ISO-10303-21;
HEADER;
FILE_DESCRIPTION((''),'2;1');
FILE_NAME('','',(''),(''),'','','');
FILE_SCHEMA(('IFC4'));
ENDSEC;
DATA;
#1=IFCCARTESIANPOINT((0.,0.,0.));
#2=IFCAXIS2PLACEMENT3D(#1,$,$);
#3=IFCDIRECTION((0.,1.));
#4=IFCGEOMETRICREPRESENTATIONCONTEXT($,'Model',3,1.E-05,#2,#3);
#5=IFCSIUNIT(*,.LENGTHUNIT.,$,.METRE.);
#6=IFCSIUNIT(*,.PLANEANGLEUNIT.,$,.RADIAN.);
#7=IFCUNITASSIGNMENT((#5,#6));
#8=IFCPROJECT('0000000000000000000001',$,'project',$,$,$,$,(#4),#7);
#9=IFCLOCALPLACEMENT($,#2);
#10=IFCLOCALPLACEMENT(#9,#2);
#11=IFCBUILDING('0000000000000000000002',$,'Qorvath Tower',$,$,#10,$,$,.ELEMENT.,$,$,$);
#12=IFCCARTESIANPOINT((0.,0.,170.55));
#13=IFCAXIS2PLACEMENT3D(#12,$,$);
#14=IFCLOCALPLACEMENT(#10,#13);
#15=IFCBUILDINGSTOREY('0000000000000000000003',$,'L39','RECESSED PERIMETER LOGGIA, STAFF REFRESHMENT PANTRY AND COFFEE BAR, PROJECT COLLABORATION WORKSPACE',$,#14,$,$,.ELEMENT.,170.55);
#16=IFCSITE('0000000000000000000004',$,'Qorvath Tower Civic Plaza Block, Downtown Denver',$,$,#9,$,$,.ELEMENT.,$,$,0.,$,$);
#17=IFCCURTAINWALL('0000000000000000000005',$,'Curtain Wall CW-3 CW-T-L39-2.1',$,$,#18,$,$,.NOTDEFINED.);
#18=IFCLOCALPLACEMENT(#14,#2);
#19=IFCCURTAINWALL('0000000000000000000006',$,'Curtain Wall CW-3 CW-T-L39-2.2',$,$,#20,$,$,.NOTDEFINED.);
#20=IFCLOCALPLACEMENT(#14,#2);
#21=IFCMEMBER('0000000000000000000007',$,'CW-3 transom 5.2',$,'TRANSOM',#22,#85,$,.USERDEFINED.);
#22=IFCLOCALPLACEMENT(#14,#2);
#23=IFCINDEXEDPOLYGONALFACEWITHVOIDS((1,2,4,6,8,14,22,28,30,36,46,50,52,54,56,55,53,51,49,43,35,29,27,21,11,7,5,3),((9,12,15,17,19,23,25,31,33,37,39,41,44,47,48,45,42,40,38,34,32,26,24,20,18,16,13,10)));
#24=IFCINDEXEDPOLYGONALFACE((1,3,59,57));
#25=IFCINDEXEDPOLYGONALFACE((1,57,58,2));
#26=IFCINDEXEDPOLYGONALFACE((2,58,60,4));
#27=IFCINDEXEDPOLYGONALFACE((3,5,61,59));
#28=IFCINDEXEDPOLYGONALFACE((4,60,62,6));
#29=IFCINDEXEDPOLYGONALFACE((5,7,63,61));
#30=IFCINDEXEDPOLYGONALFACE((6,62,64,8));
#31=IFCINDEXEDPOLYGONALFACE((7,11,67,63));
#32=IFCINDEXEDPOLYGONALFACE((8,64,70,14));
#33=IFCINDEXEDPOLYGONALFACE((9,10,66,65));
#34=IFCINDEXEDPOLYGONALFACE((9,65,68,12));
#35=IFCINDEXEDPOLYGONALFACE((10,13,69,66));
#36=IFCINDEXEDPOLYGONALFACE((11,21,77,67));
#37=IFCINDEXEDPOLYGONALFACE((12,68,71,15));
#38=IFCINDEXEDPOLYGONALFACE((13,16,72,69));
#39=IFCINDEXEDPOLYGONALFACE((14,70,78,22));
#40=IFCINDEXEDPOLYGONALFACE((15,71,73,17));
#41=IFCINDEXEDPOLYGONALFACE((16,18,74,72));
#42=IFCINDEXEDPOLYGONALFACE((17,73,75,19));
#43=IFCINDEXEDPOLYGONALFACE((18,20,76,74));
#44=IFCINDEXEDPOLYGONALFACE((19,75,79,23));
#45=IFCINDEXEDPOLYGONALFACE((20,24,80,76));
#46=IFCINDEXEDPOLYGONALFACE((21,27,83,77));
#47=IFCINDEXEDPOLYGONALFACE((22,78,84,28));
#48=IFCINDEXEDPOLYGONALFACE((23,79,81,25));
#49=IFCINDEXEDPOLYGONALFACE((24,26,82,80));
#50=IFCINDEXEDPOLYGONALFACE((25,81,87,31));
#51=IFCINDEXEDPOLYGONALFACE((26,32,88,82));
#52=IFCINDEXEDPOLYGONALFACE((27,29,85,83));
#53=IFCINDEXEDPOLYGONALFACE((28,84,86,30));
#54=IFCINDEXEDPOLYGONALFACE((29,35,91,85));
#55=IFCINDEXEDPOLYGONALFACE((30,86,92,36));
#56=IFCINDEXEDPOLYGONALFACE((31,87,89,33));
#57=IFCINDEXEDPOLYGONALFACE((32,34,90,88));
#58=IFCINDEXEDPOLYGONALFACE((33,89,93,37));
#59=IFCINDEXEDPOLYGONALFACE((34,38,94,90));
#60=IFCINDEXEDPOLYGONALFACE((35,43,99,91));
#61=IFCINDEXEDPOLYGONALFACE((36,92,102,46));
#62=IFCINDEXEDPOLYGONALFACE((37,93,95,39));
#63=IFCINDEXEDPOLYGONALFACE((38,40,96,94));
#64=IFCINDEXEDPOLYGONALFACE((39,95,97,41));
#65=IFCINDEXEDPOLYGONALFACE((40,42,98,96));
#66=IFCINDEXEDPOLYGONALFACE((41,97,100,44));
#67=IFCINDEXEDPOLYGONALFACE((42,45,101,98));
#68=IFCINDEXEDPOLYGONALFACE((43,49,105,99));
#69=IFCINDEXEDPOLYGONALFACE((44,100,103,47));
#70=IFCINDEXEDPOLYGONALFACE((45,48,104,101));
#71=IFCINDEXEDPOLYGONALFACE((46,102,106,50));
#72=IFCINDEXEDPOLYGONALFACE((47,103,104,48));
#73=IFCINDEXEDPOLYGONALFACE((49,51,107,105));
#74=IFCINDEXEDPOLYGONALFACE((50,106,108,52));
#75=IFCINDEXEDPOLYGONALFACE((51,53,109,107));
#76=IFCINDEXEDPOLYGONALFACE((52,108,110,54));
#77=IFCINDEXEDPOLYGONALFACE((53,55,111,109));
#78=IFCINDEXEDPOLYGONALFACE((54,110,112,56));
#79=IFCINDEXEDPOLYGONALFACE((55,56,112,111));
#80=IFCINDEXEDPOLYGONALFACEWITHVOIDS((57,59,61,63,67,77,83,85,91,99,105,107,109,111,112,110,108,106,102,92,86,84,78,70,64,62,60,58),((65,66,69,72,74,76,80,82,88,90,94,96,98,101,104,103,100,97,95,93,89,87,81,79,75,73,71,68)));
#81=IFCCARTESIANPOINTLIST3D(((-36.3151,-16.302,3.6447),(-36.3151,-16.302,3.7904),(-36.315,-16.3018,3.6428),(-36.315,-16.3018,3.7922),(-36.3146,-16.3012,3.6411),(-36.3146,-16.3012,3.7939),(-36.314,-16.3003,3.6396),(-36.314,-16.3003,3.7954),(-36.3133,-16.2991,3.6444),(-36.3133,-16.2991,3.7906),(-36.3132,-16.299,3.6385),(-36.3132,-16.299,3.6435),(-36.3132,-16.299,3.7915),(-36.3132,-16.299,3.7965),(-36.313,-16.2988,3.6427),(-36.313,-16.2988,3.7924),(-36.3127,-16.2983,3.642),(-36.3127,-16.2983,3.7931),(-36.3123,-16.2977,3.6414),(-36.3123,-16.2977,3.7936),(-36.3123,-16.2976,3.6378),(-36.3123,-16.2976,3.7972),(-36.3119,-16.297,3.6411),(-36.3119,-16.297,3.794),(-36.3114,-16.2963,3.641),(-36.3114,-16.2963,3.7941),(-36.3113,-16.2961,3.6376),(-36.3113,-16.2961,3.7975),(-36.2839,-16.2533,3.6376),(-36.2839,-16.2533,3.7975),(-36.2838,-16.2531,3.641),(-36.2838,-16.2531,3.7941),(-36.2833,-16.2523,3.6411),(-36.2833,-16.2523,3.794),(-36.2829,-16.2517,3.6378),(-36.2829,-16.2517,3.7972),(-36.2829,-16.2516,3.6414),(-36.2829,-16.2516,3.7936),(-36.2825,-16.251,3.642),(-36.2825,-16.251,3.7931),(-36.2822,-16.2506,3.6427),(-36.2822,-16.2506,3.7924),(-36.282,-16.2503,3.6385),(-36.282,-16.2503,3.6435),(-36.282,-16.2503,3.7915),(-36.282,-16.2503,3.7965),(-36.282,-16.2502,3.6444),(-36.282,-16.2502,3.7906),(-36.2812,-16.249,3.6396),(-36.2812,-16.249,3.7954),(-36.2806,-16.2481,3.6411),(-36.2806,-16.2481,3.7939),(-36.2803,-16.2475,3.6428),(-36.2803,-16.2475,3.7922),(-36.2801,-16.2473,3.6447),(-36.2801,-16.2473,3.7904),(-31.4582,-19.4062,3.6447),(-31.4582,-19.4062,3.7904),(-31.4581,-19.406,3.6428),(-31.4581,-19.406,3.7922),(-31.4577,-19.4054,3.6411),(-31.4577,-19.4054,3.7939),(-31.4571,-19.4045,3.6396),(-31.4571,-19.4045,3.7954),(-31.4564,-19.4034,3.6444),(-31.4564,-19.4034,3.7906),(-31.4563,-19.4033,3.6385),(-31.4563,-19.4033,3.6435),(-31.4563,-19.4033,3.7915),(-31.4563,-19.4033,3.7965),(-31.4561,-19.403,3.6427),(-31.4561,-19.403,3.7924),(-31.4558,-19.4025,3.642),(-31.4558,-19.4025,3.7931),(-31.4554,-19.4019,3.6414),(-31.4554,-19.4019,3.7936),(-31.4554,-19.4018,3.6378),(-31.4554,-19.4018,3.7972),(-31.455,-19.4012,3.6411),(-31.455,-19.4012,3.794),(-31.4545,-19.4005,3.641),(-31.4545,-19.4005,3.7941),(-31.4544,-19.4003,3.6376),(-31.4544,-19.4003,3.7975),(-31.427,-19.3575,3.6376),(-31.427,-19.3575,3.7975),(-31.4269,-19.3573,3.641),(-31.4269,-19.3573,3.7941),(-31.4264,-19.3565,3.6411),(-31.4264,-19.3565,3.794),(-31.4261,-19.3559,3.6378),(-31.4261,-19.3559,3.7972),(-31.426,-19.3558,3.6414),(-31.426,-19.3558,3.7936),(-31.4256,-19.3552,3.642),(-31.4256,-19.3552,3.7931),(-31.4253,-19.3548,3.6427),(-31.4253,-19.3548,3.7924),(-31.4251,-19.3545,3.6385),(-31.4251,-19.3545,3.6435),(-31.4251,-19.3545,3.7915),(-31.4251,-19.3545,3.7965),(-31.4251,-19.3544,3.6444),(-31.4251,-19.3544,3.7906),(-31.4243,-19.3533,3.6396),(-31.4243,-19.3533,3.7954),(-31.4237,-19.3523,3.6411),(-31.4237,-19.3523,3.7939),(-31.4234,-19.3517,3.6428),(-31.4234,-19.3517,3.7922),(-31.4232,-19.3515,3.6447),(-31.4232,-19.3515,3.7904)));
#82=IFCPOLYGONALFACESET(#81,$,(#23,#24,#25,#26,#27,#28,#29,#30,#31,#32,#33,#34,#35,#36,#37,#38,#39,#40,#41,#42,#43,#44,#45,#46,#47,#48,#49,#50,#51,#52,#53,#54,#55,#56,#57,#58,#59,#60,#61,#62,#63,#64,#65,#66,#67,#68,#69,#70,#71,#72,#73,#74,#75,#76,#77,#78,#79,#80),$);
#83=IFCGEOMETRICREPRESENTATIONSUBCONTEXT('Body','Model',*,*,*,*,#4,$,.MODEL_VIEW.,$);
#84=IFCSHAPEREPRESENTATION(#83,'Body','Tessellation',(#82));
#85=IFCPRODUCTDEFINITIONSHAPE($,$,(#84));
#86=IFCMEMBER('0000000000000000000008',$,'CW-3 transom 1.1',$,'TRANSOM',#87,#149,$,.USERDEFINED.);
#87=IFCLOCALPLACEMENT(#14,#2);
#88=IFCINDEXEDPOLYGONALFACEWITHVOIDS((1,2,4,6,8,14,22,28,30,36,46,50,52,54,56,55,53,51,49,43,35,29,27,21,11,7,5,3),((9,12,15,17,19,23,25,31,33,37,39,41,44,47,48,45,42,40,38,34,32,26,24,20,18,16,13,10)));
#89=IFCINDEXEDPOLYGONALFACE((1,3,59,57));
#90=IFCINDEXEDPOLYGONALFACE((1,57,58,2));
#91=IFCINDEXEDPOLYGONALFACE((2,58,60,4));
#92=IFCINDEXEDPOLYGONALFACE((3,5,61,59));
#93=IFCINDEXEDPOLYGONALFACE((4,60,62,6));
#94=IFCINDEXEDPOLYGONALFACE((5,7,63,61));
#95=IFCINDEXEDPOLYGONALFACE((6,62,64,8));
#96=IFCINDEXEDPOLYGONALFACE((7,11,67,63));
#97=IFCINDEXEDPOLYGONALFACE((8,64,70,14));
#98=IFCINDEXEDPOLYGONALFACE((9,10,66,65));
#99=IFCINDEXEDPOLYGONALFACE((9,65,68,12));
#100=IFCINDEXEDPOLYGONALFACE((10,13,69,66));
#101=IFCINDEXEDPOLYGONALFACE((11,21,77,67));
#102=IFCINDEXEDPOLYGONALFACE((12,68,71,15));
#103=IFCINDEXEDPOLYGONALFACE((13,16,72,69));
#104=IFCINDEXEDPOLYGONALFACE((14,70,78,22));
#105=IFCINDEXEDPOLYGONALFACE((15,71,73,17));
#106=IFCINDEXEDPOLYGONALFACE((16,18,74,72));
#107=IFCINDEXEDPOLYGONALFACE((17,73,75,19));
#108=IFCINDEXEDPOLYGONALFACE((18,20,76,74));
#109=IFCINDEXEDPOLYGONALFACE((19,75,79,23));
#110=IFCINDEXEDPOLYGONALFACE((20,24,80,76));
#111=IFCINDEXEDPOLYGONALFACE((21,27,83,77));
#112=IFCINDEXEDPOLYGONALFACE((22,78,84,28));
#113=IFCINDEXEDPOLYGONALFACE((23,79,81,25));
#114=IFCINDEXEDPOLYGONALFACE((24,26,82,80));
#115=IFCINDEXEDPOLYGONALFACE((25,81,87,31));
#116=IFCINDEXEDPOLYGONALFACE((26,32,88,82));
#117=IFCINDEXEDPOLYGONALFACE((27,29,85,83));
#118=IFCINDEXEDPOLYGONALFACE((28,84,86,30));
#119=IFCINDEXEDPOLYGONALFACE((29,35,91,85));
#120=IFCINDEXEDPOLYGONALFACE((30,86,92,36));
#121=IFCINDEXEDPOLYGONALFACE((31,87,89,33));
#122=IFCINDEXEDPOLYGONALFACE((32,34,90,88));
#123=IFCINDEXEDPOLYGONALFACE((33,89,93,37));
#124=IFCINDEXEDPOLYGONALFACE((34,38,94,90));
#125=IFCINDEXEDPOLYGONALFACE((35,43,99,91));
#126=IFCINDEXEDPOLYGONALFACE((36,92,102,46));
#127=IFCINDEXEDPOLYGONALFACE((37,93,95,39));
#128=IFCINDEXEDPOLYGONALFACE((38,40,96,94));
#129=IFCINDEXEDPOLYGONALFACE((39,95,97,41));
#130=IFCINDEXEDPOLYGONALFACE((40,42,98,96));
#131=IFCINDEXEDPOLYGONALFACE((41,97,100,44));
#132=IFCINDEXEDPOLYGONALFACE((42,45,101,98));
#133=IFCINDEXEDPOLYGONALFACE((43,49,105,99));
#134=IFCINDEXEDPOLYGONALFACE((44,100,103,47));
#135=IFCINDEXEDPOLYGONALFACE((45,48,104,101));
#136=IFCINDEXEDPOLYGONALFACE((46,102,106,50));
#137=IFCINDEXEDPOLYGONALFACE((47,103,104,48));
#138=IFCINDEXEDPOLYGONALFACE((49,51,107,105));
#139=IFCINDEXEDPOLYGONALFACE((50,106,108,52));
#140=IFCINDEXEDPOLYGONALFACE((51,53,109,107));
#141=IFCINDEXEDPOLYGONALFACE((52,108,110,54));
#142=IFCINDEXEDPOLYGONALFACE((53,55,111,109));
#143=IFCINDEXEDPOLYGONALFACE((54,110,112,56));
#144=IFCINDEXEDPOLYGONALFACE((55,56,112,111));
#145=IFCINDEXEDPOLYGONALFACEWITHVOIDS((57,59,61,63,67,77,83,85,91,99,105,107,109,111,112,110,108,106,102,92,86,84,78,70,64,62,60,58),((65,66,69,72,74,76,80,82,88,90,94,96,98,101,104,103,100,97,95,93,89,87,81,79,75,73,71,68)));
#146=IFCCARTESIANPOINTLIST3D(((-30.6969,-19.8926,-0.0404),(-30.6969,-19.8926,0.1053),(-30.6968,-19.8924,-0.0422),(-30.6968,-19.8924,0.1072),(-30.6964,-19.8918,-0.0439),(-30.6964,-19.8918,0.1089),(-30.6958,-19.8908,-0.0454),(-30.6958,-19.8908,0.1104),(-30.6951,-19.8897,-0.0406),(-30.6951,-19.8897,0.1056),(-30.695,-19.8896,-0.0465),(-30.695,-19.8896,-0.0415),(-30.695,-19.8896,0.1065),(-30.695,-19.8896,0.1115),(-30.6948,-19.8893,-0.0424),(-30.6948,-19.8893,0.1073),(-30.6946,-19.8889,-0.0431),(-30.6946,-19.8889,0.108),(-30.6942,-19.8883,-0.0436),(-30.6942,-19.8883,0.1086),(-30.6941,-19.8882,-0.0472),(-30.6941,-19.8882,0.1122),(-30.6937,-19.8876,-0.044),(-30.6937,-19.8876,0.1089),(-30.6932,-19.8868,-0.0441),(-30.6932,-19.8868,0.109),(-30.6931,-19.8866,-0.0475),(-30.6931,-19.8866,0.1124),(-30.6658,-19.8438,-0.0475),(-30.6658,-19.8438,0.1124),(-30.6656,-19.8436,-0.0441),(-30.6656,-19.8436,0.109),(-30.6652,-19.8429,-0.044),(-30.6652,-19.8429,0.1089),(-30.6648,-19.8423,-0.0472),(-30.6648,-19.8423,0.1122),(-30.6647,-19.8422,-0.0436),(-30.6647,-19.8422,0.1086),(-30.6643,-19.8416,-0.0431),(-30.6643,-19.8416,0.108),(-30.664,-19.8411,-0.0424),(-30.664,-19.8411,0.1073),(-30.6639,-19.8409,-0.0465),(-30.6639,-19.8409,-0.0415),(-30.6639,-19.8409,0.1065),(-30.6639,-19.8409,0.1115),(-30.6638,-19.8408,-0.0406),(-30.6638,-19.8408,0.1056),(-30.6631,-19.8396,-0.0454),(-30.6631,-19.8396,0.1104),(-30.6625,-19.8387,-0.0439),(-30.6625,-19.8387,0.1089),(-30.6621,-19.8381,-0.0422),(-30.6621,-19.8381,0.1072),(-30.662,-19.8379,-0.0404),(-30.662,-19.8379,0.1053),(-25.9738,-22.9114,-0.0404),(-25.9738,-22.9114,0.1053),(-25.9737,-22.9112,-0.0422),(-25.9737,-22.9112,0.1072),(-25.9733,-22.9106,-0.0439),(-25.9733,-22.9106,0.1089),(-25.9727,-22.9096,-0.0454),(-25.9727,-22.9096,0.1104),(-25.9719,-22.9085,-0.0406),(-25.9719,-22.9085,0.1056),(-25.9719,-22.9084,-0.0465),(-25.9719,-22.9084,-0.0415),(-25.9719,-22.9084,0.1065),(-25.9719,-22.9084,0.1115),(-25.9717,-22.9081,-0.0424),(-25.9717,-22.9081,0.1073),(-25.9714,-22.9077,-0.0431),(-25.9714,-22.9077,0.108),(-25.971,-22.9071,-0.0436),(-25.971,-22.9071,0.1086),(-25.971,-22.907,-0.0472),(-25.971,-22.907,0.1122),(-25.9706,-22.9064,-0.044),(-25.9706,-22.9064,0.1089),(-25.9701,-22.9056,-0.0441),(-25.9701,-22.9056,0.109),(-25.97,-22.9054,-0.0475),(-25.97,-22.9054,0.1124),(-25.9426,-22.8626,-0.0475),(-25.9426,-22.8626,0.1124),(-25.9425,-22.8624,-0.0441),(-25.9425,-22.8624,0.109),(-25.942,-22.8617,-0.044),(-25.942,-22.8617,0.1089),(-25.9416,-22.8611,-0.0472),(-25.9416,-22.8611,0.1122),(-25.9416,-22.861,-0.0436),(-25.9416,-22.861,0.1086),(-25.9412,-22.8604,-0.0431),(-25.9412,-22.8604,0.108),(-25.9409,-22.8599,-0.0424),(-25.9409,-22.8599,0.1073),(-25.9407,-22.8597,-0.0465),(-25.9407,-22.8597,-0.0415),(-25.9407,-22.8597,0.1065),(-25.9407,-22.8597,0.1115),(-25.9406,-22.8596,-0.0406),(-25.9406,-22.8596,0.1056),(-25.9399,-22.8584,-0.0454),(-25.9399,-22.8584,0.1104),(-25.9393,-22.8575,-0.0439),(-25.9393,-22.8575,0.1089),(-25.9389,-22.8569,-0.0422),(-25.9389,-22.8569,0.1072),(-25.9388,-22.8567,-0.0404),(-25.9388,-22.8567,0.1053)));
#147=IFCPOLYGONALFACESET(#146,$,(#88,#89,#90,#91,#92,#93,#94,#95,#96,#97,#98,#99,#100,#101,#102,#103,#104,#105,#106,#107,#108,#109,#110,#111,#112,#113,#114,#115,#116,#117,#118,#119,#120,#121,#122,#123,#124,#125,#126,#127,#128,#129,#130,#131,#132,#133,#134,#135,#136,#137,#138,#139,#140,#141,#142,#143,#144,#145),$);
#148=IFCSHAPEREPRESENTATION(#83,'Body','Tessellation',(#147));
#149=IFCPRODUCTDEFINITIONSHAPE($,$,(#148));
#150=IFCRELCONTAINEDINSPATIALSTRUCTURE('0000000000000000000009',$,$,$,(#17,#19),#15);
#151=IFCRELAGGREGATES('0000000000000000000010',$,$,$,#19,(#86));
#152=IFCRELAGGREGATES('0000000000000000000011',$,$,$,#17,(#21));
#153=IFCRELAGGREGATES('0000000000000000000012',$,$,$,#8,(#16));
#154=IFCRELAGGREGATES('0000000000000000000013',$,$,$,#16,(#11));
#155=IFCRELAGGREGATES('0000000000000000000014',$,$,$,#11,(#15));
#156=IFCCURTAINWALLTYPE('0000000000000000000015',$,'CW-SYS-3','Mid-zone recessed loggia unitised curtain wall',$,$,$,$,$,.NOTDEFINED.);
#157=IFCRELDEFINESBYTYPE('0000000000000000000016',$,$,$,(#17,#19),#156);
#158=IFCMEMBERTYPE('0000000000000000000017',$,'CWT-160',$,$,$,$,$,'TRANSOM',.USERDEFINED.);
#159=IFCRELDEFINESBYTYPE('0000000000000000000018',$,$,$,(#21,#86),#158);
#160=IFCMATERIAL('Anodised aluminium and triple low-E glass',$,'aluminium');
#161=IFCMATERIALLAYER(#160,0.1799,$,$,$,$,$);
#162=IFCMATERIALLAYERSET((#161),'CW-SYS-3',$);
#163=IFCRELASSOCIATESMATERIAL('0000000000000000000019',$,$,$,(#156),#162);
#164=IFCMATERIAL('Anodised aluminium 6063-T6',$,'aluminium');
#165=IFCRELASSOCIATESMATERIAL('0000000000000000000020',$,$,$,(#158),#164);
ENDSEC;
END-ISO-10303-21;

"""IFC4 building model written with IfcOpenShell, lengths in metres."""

from ifc_helpers import new_model, si_unit, direction, frame, origin, origin_2d, place, context, subcontext, project, spatial, hollow_rectangle, extrude, material, layer, layer_set, material_profile, profile_set, type_object, element, aggregate, save


model = new_model("IFC4")

# Units and contexts
model_context = context("Model", 3, precision=1e-05, world=origin(), true_north=direction((0.0, 1.0)))
body_context = subcontext(model_context, "Body", "Model", "MODEL_VIEW")
ifc_project = project(units=[si_unit("LENGTHUNIT", "METRE"), si_unit("PLANEANGLEUNIT", "RADIAN")], contexts=[model_context])

# Site, building, storey
site_placement = place(None, origin())
site = spatial("IfcSite", under=ifc_project, at=site_placement, Name="Qorvath Tower Civic Plaza Block, Downtown Denver", CompositionType="ELEMENT", RefElevation=0.0)
building_placement = place(site_placement, origin())
building = spatial("IfcBuilding", under=site, at=building_placement, Name="Qorvath Tower", CompositionType="ELEMENT")
storey_placement = place(building_placement, frame((0.0, 0.0, 170.55)))
storey = spatial("IfcBuildingStorey", under=building, at=storey_placement, Name="L39", Description="RECESSED PERIMETER LOGGIA, STAFF REFRESHMENT PANTRY AND COFFEE BAR, PROJECT COLLABORATION WORKSPACE", CompositionType="ELEMENT", Elevation=170.55)

# Curtain walls
ifc_material_1 = material(Name="Anodised aluminium and triple low-E glass", Category="aluminium")
ifc_layer_1 = layer(ifc_material_1, 0.1799)
ifc_layer_set_1 = layer_set([ifc_layer_1], Name="CW-SYS-3")
curtain_wall_type = type_object("IfcCurtainWallType", Name="CW-SYS-3", Description="Mid-zone recessed loggia unitised curtain wall", PredefinedType="NOTDEFINED", material=ifc_layer_set_1)
curtain_wall_1_placement = place(storey_placement, origin())
curtain_wall_1 = element("IfcCurtainWall", 1, at=curtain_wall_1_placement, inside=storey, type_object=curtain_wall_type, Name="Curtain Wall CW-3 CW-T-L39-2.1", PredefinedType="NOTDEFINED")
curtain_wall_2_placement = place(storey_placement, origin())
curtain_wall_2 = element("IfcCurtainWall", 2, at=curtain_wall_2_placement, inside=storey, type_object=curtain_wall_type, Name="Curtain Wall CW-3 CW-T-L39-2.2", PredefinedType="NOTDEFINED")

# Members
ifc_material_2 = material(Name="Anodised aluminium 6063-T6", Category="aluminium")
ifc_material_profile_1 = material_profile(ifc_material_2, hollow_rectangle(XDim=0.0649, YDim=0.1599, WallThickness=0.0034, InnerFilletRadius=0.0034, OuterFilletRadius=0.0071, at=origin_2d()), Name="CWT 160x65")
ifc_profile_set_1 = profile_set([ifc_material_profile_1], Name="Anodised aluminium 6063-T6")
member_type_1 = type_object("IfcMemberType", Name="CWT-160", ElementType="TRANSOM", PredefinedType="USERDEFINED", material=ifc_profile_set_1)
member_1_placement = place(storey_placement, frame((-36.2976, -16.2747, 3.7175), z_axis=(0.842601, -0.538538, 0.0), x_axis=(0.538538, 0.842601, 0.0)))
member_1 = element("IfcMember", 3, at=member_1_placement, type_object=member_type_1, Name="CW-3 transom 5.2", ObjectType="TRANSOM", PredefinedType="USERDEFINED", context=body_context, shape_type="SweptSolid", body=[
    extrude(hollow_rectangle(XDim=0.0649, YDim=0.1599, WallThickness=0.0034, InnerFilletRadius=0.0034, OuterFilletRadius=0.0071, at=origin_2d()), origin(), (0.0, 0.0, 1.0), 5.7642),
])
member_2_placement = place(storey_placement, frame((-30.6794, -19.8652, 0.0325), z_axis=(0.842596, -0.538546, 0.0), x_axis=(0.538546, 0.842596, 0.0)))
member_2 = element("IfcMember", 4, at=member_2_placement, type_object=member_type_1, Name="CW-3 transom 1.1", ObjectType="TRANSOM", PredefinedType="USERDEFINED", context=body_context, shape_type="SweptSolid", body=[
    extrude(hollow_rectangle(XDim=0.0649, YDim=0.1599, WallThickness=0.0034, InnerFilletRadius=0.0034, OuterFilletRadius=0.0071, at=origin_2d()), origin(), (0.0, 0.0, 1.0), 5.6055),
])
aggregate(curtain_wall_2, [member_2])

aggregate(curtain_wall_1, [member_1])

save(model, "model.ifc")
